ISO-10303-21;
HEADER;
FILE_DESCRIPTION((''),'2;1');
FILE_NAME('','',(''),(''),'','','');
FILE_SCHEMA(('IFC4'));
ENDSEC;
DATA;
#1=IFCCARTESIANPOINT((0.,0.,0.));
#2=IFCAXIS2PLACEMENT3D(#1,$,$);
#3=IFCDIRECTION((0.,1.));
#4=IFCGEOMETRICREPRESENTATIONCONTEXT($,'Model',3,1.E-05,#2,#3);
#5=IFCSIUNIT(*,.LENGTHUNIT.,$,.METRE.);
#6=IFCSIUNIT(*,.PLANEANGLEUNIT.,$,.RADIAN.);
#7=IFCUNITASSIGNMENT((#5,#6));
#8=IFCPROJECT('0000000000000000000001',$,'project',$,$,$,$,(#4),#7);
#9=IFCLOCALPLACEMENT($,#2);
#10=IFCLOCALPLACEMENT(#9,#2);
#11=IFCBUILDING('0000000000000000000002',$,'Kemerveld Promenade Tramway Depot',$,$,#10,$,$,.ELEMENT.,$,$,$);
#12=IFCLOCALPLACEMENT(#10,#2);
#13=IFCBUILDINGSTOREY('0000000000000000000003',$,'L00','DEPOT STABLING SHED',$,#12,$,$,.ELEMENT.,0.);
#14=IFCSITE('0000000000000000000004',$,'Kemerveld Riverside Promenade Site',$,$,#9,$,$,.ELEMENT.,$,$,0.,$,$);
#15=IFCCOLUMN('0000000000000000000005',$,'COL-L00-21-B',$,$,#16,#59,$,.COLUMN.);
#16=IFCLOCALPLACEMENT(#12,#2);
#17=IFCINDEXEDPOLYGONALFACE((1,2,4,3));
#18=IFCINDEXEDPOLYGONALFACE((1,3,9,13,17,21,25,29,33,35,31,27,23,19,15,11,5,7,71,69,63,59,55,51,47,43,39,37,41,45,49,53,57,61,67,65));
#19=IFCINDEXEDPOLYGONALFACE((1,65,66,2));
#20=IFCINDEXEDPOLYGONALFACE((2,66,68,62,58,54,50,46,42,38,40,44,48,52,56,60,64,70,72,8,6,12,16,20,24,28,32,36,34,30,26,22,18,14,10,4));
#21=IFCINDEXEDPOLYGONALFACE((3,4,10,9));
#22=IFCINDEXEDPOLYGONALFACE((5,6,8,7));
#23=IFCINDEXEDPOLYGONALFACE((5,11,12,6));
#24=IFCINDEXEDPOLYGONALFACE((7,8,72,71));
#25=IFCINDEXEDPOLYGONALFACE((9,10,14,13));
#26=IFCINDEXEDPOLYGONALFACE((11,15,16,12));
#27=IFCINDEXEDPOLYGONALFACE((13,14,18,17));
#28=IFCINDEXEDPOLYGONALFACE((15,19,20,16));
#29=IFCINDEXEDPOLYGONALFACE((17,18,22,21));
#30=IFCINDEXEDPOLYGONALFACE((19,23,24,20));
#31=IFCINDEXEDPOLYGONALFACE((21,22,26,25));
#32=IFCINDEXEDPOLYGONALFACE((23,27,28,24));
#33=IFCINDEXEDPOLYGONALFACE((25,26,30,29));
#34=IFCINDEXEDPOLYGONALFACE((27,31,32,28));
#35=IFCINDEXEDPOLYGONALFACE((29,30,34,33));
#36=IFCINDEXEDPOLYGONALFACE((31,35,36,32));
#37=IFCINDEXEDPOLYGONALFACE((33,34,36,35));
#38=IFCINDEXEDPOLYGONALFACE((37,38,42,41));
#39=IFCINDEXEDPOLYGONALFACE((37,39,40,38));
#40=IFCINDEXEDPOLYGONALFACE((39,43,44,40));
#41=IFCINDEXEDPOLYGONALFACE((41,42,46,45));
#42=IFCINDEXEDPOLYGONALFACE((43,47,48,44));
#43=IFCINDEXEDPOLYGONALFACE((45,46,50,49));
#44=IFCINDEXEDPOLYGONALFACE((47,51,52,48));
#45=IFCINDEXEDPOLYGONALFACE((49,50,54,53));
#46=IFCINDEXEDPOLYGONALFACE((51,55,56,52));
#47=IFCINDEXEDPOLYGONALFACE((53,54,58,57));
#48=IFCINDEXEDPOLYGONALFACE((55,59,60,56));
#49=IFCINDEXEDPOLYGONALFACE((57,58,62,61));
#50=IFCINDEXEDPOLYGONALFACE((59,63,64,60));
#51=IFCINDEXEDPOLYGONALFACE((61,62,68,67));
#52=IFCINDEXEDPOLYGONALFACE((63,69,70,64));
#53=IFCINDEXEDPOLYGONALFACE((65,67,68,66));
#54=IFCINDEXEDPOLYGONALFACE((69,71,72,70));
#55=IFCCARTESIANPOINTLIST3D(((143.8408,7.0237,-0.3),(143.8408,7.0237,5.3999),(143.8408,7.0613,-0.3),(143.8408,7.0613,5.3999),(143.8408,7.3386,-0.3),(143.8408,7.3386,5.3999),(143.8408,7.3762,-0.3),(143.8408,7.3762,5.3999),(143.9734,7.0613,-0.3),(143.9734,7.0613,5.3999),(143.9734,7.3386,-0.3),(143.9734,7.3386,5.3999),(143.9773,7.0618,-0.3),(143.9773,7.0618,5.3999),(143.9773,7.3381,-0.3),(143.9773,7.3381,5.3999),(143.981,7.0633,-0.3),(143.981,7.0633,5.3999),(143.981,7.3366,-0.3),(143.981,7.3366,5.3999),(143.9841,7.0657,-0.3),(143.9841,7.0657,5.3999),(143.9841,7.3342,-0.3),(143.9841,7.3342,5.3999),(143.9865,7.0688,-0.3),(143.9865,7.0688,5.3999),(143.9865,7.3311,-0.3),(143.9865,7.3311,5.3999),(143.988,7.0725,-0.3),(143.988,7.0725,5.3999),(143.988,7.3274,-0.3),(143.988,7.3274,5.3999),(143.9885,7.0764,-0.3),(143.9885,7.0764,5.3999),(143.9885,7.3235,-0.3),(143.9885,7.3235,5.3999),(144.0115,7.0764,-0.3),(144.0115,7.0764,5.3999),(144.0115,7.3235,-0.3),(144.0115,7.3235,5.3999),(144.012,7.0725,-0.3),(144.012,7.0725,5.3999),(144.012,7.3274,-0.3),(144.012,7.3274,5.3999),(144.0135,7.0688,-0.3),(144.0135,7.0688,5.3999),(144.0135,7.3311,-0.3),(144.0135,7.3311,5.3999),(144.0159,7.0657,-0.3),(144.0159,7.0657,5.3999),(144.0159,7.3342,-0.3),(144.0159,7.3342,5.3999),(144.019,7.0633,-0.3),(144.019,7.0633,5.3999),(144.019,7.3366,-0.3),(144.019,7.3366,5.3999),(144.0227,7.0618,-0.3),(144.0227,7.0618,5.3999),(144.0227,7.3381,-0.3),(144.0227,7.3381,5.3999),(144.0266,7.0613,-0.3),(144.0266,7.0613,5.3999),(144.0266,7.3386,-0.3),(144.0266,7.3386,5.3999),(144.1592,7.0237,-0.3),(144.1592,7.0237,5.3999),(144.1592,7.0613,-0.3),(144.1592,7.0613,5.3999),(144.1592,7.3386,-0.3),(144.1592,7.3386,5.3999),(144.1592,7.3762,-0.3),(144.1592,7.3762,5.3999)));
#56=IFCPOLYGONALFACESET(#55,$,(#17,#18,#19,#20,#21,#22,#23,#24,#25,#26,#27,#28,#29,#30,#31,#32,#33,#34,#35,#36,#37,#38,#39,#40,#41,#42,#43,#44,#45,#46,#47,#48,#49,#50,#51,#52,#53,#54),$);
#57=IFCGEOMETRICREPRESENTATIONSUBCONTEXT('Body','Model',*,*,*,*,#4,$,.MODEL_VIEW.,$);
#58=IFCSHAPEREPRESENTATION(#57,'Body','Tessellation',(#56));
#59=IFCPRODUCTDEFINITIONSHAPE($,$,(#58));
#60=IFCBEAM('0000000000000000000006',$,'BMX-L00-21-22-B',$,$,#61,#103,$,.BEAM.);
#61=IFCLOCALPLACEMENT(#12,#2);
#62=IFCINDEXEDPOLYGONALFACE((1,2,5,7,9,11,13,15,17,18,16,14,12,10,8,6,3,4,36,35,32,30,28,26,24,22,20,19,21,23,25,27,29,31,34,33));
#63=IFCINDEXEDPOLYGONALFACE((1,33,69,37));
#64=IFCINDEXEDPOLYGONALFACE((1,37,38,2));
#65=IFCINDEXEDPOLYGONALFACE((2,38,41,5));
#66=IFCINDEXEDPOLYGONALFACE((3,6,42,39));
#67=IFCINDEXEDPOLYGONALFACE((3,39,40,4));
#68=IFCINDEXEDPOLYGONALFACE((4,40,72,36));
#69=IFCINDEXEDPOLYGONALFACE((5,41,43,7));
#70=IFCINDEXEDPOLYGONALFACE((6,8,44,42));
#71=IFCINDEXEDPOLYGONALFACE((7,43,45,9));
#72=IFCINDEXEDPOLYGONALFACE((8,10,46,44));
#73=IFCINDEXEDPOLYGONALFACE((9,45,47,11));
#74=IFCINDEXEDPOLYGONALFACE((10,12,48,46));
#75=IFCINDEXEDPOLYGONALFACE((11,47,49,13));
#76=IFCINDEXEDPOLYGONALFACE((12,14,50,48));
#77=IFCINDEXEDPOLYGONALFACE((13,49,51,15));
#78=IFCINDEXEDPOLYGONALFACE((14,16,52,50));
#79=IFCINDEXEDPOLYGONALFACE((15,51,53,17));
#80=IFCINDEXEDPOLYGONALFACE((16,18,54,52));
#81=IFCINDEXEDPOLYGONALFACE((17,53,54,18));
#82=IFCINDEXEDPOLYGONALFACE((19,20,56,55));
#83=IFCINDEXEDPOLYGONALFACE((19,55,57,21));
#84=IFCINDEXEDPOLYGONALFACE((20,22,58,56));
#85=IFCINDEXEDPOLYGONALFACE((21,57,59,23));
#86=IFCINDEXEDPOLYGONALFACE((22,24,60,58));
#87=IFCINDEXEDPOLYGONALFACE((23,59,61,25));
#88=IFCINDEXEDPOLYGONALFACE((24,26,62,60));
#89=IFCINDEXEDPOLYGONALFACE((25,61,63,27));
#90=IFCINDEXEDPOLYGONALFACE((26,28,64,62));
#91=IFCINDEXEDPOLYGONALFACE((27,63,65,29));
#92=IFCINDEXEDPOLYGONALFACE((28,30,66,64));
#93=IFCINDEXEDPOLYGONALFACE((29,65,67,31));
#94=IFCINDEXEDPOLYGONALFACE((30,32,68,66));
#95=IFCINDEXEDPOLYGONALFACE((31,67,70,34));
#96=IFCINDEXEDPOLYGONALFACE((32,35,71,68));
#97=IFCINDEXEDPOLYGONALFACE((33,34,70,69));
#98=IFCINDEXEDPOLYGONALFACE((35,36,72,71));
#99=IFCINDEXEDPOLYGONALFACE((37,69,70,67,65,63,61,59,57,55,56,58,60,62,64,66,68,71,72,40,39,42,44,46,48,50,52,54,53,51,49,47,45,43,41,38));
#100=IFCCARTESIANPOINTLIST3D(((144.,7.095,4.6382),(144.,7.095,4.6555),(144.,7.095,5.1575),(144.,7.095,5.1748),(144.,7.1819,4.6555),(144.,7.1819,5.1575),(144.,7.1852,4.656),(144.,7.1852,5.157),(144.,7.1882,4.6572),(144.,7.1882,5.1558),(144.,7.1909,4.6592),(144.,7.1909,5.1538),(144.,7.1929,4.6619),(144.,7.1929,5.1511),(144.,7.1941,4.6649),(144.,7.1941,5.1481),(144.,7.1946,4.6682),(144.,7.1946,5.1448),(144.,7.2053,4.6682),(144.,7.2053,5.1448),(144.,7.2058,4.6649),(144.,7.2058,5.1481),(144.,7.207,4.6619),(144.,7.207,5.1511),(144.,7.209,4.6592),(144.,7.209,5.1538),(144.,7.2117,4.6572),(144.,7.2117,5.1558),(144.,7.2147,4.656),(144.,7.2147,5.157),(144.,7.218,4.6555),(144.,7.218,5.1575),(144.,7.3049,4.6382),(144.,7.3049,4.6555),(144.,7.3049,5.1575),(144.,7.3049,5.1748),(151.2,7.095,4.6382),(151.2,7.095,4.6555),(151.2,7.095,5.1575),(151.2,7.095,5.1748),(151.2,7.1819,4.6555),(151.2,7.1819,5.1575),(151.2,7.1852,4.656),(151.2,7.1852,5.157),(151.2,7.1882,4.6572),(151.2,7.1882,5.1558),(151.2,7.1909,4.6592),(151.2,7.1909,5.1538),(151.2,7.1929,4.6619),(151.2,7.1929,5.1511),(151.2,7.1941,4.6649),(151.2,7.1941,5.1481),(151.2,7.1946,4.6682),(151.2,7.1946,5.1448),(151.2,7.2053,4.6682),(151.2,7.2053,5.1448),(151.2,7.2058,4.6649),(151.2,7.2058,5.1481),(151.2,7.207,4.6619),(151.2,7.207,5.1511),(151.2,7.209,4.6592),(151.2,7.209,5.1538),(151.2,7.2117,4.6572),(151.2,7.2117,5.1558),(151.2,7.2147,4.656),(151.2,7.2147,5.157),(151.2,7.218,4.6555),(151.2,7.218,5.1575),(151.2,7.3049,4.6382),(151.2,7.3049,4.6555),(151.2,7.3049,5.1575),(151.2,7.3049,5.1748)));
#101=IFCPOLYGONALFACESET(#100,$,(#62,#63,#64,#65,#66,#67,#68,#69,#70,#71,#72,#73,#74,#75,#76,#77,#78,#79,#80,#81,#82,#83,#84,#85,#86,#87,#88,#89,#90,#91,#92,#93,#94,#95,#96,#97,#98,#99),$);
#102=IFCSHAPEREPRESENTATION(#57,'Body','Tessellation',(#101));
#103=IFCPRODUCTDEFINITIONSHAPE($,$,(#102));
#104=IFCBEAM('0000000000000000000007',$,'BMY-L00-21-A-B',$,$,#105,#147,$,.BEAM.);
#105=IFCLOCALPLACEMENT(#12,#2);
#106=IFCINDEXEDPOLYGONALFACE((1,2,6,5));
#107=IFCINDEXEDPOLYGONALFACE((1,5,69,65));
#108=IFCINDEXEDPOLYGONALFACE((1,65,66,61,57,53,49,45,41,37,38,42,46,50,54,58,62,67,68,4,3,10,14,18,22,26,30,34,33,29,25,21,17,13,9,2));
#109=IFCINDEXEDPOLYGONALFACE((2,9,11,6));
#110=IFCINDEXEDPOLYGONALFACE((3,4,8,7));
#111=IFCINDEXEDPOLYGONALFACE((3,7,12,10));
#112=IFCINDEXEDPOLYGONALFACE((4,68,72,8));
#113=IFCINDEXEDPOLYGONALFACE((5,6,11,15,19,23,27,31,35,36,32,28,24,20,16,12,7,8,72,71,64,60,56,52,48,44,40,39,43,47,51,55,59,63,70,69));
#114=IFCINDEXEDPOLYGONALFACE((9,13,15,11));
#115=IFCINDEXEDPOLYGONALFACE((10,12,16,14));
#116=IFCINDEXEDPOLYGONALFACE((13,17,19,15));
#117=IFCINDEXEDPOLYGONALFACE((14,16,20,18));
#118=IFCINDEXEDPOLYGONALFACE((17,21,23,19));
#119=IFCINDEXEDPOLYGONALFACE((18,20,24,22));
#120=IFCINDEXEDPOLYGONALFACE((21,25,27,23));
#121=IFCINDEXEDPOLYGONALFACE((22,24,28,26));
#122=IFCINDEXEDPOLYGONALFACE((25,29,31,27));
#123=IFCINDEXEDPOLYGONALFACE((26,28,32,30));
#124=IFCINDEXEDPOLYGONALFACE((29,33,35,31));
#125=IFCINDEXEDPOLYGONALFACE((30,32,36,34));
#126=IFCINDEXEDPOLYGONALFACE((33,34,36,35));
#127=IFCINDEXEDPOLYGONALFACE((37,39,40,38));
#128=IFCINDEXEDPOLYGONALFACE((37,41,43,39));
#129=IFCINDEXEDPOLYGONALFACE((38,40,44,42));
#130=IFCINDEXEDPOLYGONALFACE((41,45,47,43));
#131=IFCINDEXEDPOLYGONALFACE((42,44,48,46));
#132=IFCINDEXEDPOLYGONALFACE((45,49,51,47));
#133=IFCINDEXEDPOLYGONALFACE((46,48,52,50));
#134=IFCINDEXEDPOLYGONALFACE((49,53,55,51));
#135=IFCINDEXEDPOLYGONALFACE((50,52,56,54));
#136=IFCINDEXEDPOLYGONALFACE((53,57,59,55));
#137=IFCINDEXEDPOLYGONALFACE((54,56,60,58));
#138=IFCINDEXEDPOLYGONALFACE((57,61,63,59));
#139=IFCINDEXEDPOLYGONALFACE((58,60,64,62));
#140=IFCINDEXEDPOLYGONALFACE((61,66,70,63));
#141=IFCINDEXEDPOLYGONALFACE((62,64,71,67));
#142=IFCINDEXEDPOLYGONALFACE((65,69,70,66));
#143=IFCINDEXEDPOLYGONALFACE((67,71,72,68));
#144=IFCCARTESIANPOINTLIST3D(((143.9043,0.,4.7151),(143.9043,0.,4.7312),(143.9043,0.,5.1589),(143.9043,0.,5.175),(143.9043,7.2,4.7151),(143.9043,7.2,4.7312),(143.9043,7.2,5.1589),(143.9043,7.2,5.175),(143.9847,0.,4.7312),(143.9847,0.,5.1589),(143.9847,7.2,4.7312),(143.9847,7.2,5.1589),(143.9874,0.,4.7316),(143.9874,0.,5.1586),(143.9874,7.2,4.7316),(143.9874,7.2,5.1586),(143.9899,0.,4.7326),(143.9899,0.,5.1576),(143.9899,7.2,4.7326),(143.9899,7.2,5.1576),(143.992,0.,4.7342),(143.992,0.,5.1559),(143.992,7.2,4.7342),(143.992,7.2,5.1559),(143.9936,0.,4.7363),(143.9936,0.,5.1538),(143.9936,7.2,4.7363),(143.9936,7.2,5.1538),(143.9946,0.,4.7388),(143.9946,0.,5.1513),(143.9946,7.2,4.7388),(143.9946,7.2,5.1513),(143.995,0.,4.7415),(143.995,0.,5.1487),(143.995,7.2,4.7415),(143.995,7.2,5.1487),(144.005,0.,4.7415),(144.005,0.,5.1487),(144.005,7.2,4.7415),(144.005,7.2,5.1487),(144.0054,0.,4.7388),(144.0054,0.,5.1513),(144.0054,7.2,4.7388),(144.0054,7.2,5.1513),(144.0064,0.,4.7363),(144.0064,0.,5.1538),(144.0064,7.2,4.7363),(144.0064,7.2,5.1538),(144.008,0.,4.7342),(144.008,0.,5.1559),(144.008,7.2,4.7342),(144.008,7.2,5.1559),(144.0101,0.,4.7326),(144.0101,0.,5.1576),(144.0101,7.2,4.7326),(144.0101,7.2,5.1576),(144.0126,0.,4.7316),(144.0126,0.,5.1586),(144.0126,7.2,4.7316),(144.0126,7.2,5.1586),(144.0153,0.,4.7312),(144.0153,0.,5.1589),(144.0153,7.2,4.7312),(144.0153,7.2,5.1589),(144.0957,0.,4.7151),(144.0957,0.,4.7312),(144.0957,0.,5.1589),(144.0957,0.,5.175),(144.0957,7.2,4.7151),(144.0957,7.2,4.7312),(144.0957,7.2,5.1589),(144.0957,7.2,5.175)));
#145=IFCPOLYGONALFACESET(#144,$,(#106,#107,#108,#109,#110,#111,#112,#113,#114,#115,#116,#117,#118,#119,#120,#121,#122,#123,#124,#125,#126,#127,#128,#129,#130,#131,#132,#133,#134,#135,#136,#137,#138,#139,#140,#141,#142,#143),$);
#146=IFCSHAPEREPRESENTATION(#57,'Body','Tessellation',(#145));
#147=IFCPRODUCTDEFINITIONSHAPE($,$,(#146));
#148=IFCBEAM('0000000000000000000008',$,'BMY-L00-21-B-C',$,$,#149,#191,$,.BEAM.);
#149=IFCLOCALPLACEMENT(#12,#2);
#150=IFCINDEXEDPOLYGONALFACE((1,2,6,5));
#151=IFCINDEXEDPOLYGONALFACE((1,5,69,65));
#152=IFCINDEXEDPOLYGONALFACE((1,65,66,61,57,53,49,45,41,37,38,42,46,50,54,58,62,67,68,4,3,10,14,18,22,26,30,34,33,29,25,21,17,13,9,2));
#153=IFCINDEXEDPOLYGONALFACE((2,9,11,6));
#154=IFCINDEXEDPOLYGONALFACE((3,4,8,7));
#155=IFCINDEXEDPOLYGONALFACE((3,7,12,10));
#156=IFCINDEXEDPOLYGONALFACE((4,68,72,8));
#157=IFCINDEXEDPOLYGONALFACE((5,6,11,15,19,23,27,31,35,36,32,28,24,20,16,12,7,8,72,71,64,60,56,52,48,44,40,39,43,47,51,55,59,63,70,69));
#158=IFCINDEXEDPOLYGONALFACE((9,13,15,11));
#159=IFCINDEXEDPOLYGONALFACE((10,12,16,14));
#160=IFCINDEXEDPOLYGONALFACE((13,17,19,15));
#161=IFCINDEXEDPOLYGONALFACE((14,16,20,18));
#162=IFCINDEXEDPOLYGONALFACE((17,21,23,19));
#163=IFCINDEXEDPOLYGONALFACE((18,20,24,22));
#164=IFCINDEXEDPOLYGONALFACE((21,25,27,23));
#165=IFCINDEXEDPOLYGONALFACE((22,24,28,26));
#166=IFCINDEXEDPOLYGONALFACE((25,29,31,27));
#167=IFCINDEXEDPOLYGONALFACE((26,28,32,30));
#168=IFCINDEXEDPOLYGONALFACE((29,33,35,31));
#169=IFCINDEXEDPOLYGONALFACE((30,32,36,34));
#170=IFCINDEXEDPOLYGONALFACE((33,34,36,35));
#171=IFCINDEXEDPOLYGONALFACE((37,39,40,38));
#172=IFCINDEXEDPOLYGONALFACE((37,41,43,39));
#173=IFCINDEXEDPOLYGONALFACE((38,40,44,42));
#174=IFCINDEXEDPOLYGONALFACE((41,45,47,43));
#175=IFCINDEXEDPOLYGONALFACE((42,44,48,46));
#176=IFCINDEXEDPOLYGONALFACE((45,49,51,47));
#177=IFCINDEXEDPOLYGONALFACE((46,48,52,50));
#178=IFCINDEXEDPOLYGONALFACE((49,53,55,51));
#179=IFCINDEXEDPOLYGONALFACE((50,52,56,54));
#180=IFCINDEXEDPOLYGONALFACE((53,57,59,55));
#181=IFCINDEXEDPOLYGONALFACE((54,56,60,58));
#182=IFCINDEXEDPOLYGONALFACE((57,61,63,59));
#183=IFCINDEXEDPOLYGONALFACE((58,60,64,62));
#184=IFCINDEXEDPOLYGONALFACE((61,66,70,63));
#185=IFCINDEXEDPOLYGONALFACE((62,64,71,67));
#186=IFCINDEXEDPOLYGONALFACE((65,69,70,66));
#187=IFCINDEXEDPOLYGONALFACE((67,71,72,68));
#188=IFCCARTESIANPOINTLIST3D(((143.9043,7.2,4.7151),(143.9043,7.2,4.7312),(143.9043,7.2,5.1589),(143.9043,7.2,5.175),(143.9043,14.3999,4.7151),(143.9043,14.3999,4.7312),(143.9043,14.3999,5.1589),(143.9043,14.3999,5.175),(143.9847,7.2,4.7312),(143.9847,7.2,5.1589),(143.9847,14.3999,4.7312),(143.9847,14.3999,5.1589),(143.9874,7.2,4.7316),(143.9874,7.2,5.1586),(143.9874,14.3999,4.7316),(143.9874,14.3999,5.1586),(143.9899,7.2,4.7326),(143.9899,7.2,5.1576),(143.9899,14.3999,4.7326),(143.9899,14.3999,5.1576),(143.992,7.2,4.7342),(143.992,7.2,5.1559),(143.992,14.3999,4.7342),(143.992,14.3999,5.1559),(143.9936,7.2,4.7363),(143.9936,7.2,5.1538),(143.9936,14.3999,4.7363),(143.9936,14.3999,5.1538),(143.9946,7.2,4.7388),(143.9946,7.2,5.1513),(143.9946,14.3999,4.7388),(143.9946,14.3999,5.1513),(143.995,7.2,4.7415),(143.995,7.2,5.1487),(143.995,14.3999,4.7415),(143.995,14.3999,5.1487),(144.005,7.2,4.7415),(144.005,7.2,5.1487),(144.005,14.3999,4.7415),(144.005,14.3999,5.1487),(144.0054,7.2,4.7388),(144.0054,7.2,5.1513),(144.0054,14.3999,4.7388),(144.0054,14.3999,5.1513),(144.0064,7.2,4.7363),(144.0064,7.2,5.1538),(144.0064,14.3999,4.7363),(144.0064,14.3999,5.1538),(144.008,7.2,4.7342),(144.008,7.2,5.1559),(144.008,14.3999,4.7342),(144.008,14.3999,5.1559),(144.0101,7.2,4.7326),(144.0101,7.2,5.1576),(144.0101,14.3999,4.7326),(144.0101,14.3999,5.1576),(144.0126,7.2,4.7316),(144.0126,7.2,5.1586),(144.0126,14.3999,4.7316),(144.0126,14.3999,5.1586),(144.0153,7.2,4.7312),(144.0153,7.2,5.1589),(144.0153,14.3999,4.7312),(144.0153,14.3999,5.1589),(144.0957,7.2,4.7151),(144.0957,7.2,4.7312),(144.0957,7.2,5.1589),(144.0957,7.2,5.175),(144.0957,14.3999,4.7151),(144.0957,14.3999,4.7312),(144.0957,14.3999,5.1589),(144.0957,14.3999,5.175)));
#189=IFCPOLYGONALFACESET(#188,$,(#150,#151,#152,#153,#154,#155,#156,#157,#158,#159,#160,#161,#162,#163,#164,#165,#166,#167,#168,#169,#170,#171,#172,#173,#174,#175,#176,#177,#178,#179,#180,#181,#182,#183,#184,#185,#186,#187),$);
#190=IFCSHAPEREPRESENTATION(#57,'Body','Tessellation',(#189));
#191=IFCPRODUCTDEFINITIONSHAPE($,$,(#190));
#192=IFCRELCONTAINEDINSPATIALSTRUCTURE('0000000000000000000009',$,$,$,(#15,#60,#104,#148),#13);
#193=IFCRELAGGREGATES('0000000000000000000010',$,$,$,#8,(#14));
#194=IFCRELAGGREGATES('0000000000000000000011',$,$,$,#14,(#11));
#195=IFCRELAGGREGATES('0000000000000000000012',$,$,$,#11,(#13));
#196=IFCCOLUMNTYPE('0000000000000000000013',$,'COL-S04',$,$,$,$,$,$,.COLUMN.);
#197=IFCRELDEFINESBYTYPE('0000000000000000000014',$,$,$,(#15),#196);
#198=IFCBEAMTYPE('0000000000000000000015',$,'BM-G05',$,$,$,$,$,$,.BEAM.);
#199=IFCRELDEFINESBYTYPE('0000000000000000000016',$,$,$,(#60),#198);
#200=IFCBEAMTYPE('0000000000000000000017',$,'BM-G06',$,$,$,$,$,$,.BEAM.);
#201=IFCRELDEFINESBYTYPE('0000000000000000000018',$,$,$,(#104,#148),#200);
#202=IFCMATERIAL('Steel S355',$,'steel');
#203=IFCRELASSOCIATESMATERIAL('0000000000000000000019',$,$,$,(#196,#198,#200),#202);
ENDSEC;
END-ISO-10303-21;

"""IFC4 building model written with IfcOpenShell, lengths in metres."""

from ifc_helpers import new_model, si_unit, direction, frame, origin, origin_2d, place, context, subcontext, project, spatial, i_section, extrude, material, material_profile, profile_set, type_object, element, save


model = new_model("IFC4")

# Units and contexts
model_context = context("Model", 3, precision=1e-05, world=origin(), true_north=direction((0.0, 1.0)))
body_context = subcontext(model_context, "Body", "Model", "MODEL_VIEW")
ifc_project = project(units=[si_unit("LENGTHUNIT", "METRE"), si_unit("PLANEANGLEUNIT", "RADIAN")], contexts=[model_context])

# Site, building, storey
site_placement = place(None, origin())
site = spatial("IfcSite", under=ifc_project, at=site_placement, Name="Kemerveld Riverside Promenade Site", CompositionType="ELEMENT", RefElevation=0.0)
building_placement = place(site_placement, origin())
building = spatial("IfcBuilding", under=site, at=building_placement, Name="Kemerveld Promenade Tramway Depot", CompositionType="ELEMENT")
storey_placement = place(building_placement, origin())
storey = spatial("IfcBuildingStorey", under=building, at=storey_placement, Name="L00", Description="DEPOT STABLING SHED", CompositionType="ELEMENT", Elevation=0.0)

# Column
ifc_material_1 = material(Name="Steel S355", Category="steel")
ifc_material_profile_1 = material_profile(ifc_material_1, i_section(OverallWidth=0.3184, OverallDepth=0.3525, WebThickness=0.0229, FlangeThickness=0.0376, FilletRadius=0.0151, at=origin_2d()), Name="305x305x240 UC")
ifc_profile_set_1 = profile_set([ifc_material_profile_1], Name="Steel S355")
column_type_1 = type_object("IfcColumnType", Name="COL-S04", PredefinedType="COLUMN", material=ifc_profile_set_1)
column_1_placement = place(storey_placement, frame((144.0, 7.2, -0.3), z_axis=(0.0, 0.0, 1.0), x_axis=(1.0, 0.0, 0.0)))
element("IfcColumn", 1, at=column_1_placement, inside=storey, type_object=column_type_1, Name="COL-L00-21-B", PredefinedType="COLUMN", context=body_context, shape_type="SweptSolid", body=[
    extrude(i_section(OverallWidth=0.3184, OverallDepth=0.3525, WebThickness=0.0229, FlangeThickness=0.0376, FilletRadius=0.0151, at=origin_2d()), origin(), (0.0, 0.0, 1.0), 5.7),
])

# Beams
ifc_material_profile_2 = material_profile(ifc_material_1, i_section(OverallWidth=0.21, OverallDepth=0.5366, WebThickness=0.0107, FlangeThickness=0.0173, FilletRadius=0.0127, at=origin_2d()), Name="533x210x101 UB")
ifc_profile_set_2 = profile_set([ifc_material_profile_2], Name="Steel S355")
beam_type_1 = type_object("IfcBeamType", Name="BM-G05", PredefinedType="BEAM", material=ifc_profile_set_2)
beam_1_placement = place(storey_placement, frame((144.0, 7.2, 4.9065), z_axis=(1.0, 0.0, 0.0), x_axis=(0.0, 1.0, 0.0)))
element("IfcBeam", 2, at=beam_1_placement, inside=storey, type_object=beam_type_1, Name="BMX-L00-21-22-B", PredefinedType="BEAM", context=body_context, shape_type="SweptSolid", body=[
    extrude(i_section(OverallWidth=0.21, OverallDepth=0.5366, WebThickness=0.0107, FlangeThickness=0.0173, FilletRadius=0.0127, at=origin_2d()), origin(), (0.0, 0.0, 1.0), 7.2),
])
ifc_material_profile_3 = material_profile(ifc_material_1, i_section(OverallWidth=0.1914, OverallDepth=0.46, WebThickness=0.01, FlangeThickness=0.0161, FilletRadius=0.0103, at=origin_2d()), Name="457x191x82 UB")
ifc_profile_set_3 = profile_set([ifc_material_profile_3], Name="Steel S355")
beam_type_2 = type_object("IfcBeamType", Name="BM-G06", PredefinedType="BEAM", material=ifc_profile_set_3)
for number, where, z_axis, x_axis, name in (
    (3, (144.0, 0.0, 4.9451), (0.0, 1.0, 0.0), (-1.0, 0.0, 0.0), "BMY-L00-21-A-B"),
    (4, (144.0, 7.2, 4.9451), (0.0, 1.0, 0.0), (-1.0, 0.0, 0.0), "BMY-L00-21-B-C"),
):
    element("IfcBeam", number, at=place(storey_placement, frame(where, z_axis=z_axis, x_axis=x_axis)), inside=storey, type_object=beam_type_2, Name=name, PredefinedType="BEAM", context=body_context, shape_type="SweptSolid", body=[
        extrude(i_section(OverallWidth=0.1914, OverallDepth=0.46, WebThickness=0.01, FlangeThickness=0.0161, FilletRadius=0.0103, at=origin_2d()), origin(), (0.0, 0.0, 1.0), 7.2),
    ])

save(model, "model.ifc")
